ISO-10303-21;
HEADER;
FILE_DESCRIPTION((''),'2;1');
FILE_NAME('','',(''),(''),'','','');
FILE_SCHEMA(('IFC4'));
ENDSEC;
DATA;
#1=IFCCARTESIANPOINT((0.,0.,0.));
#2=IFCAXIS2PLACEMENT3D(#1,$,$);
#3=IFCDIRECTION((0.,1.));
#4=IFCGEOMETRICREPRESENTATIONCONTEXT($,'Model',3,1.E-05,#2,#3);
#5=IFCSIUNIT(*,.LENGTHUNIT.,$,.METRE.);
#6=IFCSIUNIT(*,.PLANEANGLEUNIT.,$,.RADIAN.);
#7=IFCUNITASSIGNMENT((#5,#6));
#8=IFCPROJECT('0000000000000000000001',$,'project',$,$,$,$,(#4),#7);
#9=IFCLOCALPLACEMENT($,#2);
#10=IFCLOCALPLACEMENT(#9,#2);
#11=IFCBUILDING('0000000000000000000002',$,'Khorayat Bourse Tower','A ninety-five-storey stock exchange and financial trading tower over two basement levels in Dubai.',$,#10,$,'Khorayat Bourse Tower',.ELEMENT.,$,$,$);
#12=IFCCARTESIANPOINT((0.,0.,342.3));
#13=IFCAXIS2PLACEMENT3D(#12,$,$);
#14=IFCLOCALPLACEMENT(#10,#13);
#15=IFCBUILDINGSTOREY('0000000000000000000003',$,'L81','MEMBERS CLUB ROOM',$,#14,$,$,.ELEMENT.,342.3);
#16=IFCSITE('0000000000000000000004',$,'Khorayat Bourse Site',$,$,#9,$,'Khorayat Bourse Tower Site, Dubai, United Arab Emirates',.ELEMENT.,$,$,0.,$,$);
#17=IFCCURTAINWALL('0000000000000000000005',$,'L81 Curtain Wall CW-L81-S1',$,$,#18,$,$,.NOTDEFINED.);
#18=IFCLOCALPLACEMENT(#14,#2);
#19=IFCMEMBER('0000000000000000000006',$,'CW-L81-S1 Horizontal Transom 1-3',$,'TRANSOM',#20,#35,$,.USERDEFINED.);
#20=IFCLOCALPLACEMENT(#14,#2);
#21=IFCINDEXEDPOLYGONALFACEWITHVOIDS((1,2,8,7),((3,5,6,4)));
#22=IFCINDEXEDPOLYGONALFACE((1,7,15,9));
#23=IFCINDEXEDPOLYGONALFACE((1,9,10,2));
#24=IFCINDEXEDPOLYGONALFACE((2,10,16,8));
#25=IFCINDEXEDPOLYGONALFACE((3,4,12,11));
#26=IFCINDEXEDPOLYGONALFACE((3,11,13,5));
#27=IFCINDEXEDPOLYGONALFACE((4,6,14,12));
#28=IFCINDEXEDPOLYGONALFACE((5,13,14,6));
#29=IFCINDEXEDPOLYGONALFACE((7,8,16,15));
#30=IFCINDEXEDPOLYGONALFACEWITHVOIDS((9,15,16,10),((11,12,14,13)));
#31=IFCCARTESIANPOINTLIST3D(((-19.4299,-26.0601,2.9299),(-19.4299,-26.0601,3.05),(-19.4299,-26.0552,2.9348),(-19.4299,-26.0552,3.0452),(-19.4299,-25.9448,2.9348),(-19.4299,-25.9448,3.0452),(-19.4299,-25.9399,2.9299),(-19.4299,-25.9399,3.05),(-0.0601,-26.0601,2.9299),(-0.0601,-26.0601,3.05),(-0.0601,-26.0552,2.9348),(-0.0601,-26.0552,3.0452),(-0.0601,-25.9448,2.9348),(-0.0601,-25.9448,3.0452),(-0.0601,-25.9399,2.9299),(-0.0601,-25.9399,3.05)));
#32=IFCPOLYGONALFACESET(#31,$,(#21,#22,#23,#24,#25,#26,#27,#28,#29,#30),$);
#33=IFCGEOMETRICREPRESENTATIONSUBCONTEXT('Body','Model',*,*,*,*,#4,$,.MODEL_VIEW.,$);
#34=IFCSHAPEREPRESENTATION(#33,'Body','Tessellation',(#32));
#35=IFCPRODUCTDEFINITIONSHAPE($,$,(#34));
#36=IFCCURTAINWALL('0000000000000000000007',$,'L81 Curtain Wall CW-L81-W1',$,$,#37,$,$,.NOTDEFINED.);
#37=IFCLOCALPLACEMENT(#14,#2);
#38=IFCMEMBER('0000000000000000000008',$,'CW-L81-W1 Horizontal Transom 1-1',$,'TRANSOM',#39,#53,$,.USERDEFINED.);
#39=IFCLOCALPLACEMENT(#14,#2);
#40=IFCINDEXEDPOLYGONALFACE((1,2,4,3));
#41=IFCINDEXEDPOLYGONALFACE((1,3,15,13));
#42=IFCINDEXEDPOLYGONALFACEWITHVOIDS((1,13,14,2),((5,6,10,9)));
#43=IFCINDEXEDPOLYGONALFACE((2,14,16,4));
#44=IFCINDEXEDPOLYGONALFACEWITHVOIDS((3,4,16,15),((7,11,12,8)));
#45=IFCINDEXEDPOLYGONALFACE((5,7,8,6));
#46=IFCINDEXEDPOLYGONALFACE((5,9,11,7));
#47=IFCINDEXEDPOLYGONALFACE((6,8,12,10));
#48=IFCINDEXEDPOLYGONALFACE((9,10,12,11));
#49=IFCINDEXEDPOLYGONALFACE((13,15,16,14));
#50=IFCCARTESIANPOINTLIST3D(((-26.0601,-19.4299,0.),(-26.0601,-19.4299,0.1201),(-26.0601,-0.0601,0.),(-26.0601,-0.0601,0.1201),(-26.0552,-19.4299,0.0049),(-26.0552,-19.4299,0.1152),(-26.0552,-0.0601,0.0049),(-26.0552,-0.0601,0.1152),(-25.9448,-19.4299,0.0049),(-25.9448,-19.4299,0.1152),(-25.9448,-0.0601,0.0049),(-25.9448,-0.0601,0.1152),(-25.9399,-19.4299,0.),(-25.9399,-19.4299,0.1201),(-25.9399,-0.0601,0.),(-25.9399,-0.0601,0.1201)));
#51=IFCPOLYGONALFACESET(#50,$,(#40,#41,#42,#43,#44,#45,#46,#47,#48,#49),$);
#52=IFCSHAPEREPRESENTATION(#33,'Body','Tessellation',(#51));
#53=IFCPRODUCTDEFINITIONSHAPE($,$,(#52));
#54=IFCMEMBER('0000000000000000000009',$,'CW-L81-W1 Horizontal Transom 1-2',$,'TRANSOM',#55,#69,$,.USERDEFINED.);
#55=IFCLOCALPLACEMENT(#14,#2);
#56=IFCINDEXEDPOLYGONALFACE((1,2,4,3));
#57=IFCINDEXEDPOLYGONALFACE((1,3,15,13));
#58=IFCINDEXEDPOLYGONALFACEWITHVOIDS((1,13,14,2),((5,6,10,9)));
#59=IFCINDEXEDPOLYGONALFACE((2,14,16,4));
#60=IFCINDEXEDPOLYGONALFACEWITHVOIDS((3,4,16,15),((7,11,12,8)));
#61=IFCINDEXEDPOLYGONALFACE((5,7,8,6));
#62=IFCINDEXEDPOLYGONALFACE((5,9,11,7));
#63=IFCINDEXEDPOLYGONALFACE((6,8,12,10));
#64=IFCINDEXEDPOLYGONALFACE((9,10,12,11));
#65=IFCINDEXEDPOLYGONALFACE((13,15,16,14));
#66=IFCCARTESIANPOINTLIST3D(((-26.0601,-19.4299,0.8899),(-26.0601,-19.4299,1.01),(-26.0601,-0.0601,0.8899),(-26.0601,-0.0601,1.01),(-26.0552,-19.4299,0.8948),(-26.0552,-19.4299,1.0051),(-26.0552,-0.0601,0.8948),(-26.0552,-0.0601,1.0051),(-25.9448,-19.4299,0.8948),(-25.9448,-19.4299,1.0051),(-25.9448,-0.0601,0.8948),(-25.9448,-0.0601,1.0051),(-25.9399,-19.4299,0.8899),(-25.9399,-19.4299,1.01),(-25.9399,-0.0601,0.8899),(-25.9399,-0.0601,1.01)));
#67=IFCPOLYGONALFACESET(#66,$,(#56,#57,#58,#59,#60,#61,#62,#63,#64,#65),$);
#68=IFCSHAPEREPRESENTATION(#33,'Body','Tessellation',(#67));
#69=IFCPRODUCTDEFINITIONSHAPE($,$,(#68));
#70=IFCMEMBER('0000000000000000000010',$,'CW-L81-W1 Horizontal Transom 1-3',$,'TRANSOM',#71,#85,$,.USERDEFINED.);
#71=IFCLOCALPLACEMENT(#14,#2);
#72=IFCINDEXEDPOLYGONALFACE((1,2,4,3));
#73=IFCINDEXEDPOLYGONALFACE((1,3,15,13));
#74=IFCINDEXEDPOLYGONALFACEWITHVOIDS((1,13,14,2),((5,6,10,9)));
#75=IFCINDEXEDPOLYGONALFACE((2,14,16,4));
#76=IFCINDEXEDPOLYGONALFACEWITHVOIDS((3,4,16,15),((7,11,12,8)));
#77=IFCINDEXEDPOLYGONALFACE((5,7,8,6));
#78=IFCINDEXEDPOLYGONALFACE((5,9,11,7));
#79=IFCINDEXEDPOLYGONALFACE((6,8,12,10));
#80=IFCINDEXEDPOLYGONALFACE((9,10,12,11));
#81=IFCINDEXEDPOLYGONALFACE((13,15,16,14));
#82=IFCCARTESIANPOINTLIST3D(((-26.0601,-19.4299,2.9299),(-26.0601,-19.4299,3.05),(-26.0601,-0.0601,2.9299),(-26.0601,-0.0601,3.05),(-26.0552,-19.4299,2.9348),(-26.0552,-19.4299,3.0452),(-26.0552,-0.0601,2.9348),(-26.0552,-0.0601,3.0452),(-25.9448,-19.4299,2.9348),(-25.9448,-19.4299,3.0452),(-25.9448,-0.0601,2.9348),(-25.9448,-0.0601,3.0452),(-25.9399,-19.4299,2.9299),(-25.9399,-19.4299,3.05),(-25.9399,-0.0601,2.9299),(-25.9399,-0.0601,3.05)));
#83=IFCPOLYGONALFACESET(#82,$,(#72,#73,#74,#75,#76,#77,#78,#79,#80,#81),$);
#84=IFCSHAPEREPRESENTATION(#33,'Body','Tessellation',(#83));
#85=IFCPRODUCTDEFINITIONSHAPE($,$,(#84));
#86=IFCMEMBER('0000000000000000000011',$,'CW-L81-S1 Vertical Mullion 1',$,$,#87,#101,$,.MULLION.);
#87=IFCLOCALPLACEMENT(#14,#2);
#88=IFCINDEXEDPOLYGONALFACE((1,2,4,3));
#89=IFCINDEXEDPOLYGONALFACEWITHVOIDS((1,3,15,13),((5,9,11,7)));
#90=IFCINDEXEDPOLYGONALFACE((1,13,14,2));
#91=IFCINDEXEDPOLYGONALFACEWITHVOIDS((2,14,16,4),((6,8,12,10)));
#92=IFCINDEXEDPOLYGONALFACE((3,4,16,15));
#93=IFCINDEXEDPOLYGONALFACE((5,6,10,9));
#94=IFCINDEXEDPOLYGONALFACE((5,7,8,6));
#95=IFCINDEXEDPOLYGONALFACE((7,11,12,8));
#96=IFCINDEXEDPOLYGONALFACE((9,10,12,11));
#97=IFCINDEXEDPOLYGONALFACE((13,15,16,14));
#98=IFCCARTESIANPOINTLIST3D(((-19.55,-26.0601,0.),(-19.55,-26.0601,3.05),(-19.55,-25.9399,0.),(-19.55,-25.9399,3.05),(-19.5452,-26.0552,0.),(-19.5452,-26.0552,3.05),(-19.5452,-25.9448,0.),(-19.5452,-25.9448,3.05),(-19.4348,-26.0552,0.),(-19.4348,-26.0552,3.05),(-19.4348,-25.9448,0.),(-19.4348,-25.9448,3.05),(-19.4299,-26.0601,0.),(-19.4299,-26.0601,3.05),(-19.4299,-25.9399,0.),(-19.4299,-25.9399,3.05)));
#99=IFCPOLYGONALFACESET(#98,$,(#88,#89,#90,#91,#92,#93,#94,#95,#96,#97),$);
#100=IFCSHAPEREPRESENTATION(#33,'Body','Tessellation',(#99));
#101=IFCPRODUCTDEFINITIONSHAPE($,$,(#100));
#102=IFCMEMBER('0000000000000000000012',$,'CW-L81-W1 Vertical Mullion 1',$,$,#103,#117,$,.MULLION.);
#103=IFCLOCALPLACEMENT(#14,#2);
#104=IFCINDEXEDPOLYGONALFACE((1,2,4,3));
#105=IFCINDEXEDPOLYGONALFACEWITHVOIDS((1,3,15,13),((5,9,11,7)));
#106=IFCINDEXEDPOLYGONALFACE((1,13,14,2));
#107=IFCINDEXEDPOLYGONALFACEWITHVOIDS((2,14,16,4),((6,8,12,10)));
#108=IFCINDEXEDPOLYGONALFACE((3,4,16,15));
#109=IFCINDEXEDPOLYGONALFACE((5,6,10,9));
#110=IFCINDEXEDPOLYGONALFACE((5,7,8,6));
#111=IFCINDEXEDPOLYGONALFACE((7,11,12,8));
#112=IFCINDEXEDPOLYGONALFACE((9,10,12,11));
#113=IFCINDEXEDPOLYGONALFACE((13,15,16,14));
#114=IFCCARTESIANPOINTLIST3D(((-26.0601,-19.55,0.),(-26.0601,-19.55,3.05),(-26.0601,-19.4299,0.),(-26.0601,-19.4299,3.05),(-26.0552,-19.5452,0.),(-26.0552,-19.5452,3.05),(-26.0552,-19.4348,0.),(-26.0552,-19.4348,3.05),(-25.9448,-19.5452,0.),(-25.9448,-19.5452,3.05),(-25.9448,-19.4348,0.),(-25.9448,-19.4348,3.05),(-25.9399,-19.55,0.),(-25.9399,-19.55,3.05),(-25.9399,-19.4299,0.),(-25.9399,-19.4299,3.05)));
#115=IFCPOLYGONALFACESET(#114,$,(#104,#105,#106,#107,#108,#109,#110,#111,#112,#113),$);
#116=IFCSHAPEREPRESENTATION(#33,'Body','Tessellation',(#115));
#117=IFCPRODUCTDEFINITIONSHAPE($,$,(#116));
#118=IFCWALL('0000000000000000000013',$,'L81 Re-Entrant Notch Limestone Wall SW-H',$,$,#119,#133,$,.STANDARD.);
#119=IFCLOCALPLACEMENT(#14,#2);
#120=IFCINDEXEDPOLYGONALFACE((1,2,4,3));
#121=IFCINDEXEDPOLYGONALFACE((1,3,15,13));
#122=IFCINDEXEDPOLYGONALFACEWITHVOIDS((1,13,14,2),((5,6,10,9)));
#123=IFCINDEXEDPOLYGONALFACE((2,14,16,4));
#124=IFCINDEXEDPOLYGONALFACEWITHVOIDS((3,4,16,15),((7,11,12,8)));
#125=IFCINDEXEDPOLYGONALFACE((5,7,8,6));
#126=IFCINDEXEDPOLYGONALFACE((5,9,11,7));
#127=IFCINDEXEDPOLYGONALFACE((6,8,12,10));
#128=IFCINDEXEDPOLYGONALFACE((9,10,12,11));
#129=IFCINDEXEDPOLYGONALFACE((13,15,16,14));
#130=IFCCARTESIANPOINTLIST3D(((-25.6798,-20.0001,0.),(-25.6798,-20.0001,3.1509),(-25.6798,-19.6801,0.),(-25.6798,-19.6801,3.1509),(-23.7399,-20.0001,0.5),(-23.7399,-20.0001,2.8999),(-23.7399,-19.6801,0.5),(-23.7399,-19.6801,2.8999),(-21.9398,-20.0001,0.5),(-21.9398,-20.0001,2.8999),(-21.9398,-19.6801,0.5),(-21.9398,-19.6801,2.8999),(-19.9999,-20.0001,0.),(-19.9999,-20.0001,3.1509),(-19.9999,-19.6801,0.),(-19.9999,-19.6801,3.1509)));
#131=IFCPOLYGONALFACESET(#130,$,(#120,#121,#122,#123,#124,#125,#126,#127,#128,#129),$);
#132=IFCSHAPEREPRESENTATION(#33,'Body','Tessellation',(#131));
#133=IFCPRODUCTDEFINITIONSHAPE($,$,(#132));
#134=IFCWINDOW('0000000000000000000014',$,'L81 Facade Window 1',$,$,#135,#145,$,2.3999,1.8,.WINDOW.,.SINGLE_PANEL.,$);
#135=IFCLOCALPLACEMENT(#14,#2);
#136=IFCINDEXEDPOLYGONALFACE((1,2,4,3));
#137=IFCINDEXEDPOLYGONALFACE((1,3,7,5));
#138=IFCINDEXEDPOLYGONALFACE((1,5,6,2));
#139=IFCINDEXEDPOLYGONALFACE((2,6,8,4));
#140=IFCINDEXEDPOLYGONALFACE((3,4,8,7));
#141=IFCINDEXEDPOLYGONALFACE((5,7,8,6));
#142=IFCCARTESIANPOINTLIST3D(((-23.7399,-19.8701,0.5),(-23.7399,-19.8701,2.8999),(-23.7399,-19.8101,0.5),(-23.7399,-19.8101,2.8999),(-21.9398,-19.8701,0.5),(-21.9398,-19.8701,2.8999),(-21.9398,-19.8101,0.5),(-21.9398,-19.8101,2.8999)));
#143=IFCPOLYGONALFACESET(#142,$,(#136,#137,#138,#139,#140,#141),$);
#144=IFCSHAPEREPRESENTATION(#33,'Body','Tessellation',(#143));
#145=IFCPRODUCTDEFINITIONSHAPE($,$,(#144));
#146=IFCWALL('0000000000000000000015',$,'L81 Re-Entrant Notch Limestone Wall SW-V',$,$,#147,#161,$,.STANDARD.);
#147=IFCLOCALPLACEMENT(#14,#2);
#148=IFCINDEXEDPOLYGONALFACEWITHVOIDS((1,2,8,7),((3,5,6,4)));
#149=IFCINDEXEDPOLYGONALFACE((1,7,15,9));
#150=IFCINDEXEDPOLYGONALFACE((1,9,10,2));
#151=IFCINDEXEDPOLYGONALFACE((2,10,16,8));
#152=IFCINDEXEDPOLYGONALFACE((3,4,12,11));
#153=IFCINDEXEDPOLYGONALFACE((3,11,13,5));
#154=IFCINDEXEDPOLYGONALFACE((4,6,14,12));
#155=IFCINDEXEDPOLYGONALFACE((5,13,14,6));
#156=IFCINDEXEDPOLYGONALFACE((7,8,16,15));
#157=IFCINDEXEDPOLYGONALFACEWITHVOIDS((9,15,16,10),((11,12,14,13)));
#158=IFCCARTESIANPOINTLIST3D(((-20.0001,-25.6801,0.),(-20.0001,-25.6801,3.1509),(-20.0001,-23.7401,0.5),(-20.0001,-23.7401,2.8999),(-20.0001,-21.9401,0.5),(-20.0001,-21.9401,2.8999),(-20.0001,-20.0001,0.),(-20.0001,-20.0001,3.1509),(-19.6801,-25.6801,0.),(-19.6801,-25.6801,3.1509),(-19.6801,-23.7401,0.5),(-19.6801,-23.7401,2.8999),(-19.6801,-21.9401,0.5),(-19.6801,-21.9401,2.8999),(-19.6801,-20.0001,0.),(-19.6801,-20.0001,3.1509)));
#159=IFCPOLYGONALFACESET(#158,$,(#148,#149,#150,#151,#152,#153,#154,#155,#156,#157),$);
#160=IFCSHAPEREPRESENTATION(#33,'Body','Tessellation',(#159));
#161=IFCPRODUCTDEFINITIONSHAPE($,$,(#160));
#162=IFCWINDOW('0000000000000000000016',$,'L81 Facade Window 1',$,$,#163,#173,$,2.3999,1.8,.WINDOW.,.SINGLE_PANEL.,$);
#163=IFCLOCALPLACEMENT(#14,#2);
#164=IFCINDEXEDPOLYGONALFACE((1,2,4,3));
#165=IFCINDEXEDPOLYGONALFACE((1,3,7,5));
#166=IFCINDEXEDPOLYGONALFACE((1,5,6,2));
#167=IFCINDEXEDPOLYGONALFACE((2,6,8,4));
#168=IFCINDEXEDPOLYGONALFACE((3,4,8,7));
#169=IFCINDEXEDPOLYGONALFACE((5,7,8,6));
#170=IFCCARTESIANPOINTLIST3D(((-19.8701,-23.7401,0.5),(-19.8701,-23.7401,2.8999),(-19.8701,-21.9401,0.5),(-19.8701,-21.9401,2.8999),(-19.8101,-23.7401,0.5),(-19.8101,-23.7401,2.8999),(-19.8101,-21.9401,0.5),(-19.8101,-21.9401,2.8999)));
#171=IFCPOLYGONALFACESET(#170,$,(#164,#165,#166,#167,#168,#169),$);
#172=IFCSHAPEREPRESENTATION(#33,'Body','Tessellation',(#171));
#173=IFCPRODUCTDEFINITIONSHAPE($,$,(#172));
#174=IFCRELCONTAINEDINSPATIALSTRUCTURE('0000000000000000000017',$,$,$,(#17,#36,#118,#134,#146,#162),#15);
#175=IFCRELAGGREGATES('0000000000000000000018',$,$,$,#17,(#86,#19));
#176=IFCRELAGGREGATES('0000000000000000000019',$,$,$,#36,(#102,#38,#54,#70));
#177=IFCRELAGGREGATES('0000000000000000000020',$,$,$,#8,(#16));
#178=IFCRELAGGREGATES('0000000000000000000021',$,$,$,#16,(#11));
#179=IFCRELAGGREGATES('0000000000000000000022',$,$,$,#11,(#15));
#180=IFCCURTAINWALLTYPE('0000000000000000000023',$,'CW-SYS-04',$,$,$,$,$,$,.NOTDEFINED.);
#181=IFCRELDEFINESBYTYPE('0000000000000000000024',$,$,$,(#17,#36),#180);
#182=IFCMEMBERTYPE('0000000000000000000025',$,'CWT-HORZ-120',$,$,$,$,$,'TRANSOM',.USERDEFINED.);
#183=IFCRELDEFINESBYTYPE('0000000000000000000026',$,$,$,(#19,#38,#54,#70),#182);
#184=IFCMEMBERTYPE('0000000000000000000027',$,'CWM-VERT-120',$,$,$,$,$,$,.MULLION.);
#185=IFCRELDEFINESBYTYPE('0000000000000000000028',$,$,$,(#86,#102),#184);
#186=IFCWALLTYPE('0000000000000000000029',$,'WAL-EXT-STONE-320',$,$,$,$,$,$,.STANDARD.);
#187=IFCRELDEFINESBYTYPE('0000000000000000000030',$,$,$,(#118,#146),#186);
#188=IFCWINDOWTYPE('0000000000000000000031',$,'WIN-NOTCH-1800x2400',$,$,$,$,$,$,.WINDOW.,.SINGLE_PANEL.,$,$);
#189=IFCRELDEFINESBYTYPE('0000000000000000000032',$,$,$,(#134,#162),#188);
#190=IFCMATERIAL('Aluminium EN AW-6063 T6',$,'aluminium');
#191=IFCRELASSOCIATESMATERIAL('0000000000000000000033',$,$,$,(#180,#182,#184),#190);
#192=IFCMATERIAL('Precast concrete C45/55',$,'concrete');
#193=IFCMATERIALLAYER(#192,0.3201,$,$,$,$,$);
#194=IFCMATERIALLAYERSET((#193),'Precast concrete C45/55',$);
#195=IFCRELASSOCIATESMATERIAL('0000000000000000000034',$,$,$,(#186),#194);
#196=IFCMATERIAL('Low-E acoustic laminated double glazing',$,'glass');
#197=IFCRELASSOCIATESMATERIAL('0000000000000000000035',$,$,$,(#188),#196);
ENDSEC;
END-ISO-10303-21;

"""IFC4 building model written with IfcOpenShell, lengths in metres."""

from ifc_helpers import new_model, si_unit, direction, frame, frame_2d, origin, origin_2d, place, context, subcontext, project, spatial, rectangle, hollow_rectangle, extrude, source, transform, mapped, material, layer, layer_set, material_profile, profile_set, type_object, element, fill, aggregate, save


model = new_model("IFC4")

# Units and contexts
model_context = context("Model", 3, precision=1e-05, world=origin(), true_north=direction((0.0, 1.0)))
body_context = subcontext(model_context, "Body", "Model", "MODEL_VIEW")
ifc_project = project(units=[si_unit("LENGTHUNIT", "METRE"), si_unit("PLANEANGLEUNIT", "RADIAN")], contexts=[model_context])

# Site, building, storey
site_placement = place(None, origin())
site = spatial("IfcSite", under=ifc_project, at=site_placement, Name="Khorayat Bourse Site", LongName="Khorayat Bourse Tower Site, Dubai, United Arab Emirates", CompositionType="ELEMENT", RefElevation=0.0)
building_placement = place(site_placement, origin())
building = spatial("IfcBuilding", under=site, at=building_placement, Name="Khorayat Bourse Tower", Description="A ninety-five-storey stock exchange and financial trading tower over two basement levels in Dubai.", LongName="Khorayat Bourse Tower", CompositionType="ELEMENT")
storey_placement = place(building_placement, frame((0.0, 0.0, 342.3)))
storey = spatial("IfcBuildingStorey", under=building, at=storey_placement, Name="L81", Description="MEMBERS CLUB ROOM", CompositionType="ELEMENT", Elevation=342.3)

# Curtain walls, members
ifc_material_1 = material(Name="Aluminium EN AW-6063 T6", Category="aluminium")
curtain_wall_type = type_object("IfcCurtainWallType", Name="CW-SYS-04", PredefinedType="NOTDEFINED", material=ifc_material_1)
curtain_wall_1_placement = place(storey_placement, origin())
curtain_wall_1 = element("IfcCurtainWall", 1, at=curtain_wall_1_placement, inside=storey, type_object=curtain_wall_type, Name="L81 Curtain Wall CW-L81-S1", PredefinedType="NOTDEFINED")
ifc_material_profile_1 = material_profile(ifc_material_1, hollow_rectangle(XDim=0.1201, YDim=0.1201, WallThickness=0.0049, at=origin_2d()), Name="ALU 120x120x5")
ifc_profile_set_1 = profile_set([ifc_material_profile_1], Name="Aluminium EN AW-6063 T6")
member_type_1 = type_object("IfcMemberType", Name="CWT-HORZ-120", ElementType="TRANSOM", PredefinedType="USERDEFINED", material=ifc_profile_set_1)
shared_shape_1 = source(origin(), body_context, "Body", "SweptSolid", [
    extrude(hollow_rectangle(XDim=0.1201, YDim=0.1201, WallThickness=0.0049, at=origin_2d()), origin(), (0.0, 0.0, 1.0), 19.3699),
])
member_1_placement = place(storey_placement, frame((-19.4299, -26.0, 2.99), z_axis=(1.0, 0.0, 0.0), x_axis=(0.0, 1.0, 0.0)))
member_1 = element("IfcMember", 2, at=member_1_placement, type_object=member_type_1, Name="CW-L81-S1 Horizontal Transom 1-3", ObjectType="TRANSOM", PredefinedType="USERDEFINED", context=body_context, shape_type="MappedRepresentation", body=[
    mapped(shared_shape_1, transform((0.0, 0.0, 0.0), scale=1.0)),
])
curtain_wall_2_placement = place(storey_placement, origin())
curtain_wall_2 = element("IfcCurtainWall", 3, at=curtain_wall_2_placement, inside=storey, type_object=curtain_wall_type, Name="L81 Curtain Wall CW-L81-W1", PredefinedType="NOTDEFINED")
member_2_placement = place(storey_placement, frame((-26.0, -19.4299, 0.0601), z_axis=(0.0, 1.0, 0.0), x_axis=(-1.0, 0.0, 0.0)))
member_2 = element("IfcMember", 4, at=member_2_placement, type_object=member_type_1, Name="CW-L81-W1 Horizontal Transom 1-1", ObjectType="TRANSOM", PredefinedType="USERDEFINED", context=body_context, shape_type="MappedRepresentation", body=[
    mapped(shared_shape_1, transform((0.0, 0.0, 0.0), scale=1.0)),
])
member_3_placement = place(storey_placement, frame((-26.0, -19.4299, 0.95), z_axis=(0.0, 1.0, 0.0), x_axis=(-1.0, 0.0, 0.0)))
member_3 = element("IfcMember", 5, at=member_3_placement, type_object=member_type_1, Name="CW-L81-W1 Horizontal Transom 1-2", ObjectType="TRANSOM", PredefinedType="USERDEFINED", context=body_context, shape_type="MappedRepresentation", body=[
    mapped(shared_shape_1, transform((0.0, 0.0, 0.0), scale=1.0)),
])
member_4_placement = place(storey_placement, frame((-26.0, -19.4299, 2.99), z_axis=(0.0, 1.0, 0.0), x_axis=(-1.0, 0.0, 0.0)))
member_4 = element("IfcMember", 6, at=member_4_placement, type_object=member_type_1, Name="CW-L81-W1 Horizontal Transom 1-3", ObjectType="TRANSOM", PredefinedType="USERDEFINED", context=body_context, shape_type="MappedRepresentation", body=[
    mapped(shared_shape_1, transform((0.0, 0.0, 0.0), scale=1.0)),
])

# Members
ifc_material_profile_2 = material_profile(ifc_material_1, hollow_rectangle(XDim=0.1201, YDim=0.1201, WallThickness=0.0049, at=origin_2d()), Name="ALU 120x120x5")
ifc_profile_set_2 = profile_set([ifc_material_profile_2], Name="Aluminium EN AW-6063 T6")
member_type_2 = type_object("IfcMemberType", Name="CWM-VERT-120", PredefinedType="MULLION", material=ifc_profile_set_2)
shared_shape_2 = source(origin(), body_context, "Body", "SweptSolid", [
    extrude(hollow_rectangle(XDim=0.1201, YDim=0.1201, WallThickness=0.0049, at=origin_2d()), origin(), (0.0, 0.0, 1.0), 3.05),
])
member_5_placement = place(storey_placement, frame((-19.49, -26.0, 0.0), z_axis=(0.0, 0.0, 1.0), x_axis=(0.0, 1.0, 0.0)))
member_5 = element("IfcMember", 7, at=member_5_placement, type_object=member_type_2, Name="CW-L81-S1 Vertical Mullion 1", PredefinedType="MULLION", context=body_context, shape_type="MappedRepresentation", body=[
    mapped(shared_shape_2, transform((0.0, 0.0, 0.0), scale=1.0)),
])
aggregate(curtain_wall_1, [member_5, member_1])
member_6_placement = place(storey_placement, frame((-26.0, -19.49, 0.0), z_axis=(0.0, 0.0, 1.0), x_axis=(-1.0, 0.0, 0.0)))
member_6 = element("IfcMember", 8, at=member_6_placement, type_object=member_type_2, Name="CW-L81-W1 Vertical Mullion 1", PredefinedType="MULLION", context=body_context, shape_type="MappedRepresentation", body=[
    mapped(shared_shape_2, transform((0.0, 0.0, 0.0), scale=1.0)),
])
aggregate(curtain_wall_2, [member_6, member_2, member_3, member_4])

# Walls, openings, windows
ifc_material_2 = material(Name="Precast concrete C45/55", Category="concrete")
ifc_layer_1 = layer(ifc_material_2, 0.3201)
ifc_layer_set_1 = layer_set([ifc_layer_1], Name="Precast concrete C45/55")
wall_type_1 = type_object("IfcWallType", Name="WAL-EXT-STONE-320", PredefinedType="STANDARD", material=ifc_layer_set_1)
shared_shape_3 = source(origin(), body_context, "Body", "SweptSolid", [
    extrude(rectangle(XDim=5.6799, YDim=0.3201, at=frame_2d((2.8398, 0.0))), origin(), (0.0, 0.0, 1.0), 3.1509),
])
wall_1_placement = place(storey_placement, frame((-20.0, -19.8401, 0.0), z_axis=(0.0, 0.0, 1.0), x_axis=(-1.0, 0.0, 0.0)))
wall_1 = element("IfcWall", 9, at=wall_1_placement, inside=storey, type_object=wall_type_1, Name="L81 Re-Entrant Notch Limestone Wall SW-H", PredefinedType="STANDARD", context=body_context, shape_type="MappedRepresentation", body=[
    mapped(shared_shape_3, transform((0.0, 0.0, 0.0), scale=1.0)),
])
shared_shape_4 = source(origin(), body_context, "Body", "SweptSolid", [
    extrude(rectangle(XDim=1.8, YDim=2.3999, at=frame_2d((0.8999, 1.2))), frame((0.0, 0.1699, 0.0), z_axis=(0.0, -1.0, 0.0), x_axis=(1.0, 0.0, 0.0)), (0.0, 0.0, 1.0), 0.3401),
])
opening_1_placement = place(wall_1_placement, frame((1.9399, 0.0, 0.5)))
opening_1 = element("IfcOpeningElement", 10, at=opening_1_placement, cuts=wall_1, PredefinedType="OPENING", context=body_context, shape_type="MappedRepresentation", body=[
    mapped(shared_shape_4, transform((0.0, 0.0, 0.0), scale=1.0)),
])
ifc_material_3 = material(Name="Low-E acoustic laminated double glazing", Category="glass")
window_type = type_object("IfcWindowType", Name="WIN-NOTCH-1800x2400", PartitioningType="SINGLE_PANEL", PredefinedType="WINDOW", material=ifc_material_3)
shared_shape_5 = source(origin(), body_context, "Body", "SweptSolid", [
    extrude(rectangle(XDim=1.8, YDim=2.3999, at=frame_2d((0.8999, 1.2))), frame((0.0, 0.03, 0.0), z_axis=(0.0, -1.0, 0.0), x_axis=(1.0, 0.0, 0.0)), (0.0, 0.0, 1.0), 0.0601),
])
window_1_placement = place(opening_1_placement, origin())
window_1 = element("IfcWindow", 11, at=window_1_placement, inside=storey, type_object=window_type, Name="L81 Facade Window 1", OverallHeight=2.3999, OverallWidth=1.8, PartitioningType="SINGLE_PANEL", PredefinedType="WINDOW", context=body_context, shape_type="MappedRepresentation", body=[
    mapped(shared_shape_5, transform((0.0, 0.0, 0.0), scale=1.0)),
])
fill(opening_1, window_1)
wall_2_placement = place(storey_placement, frame((-19.8401, -25.6799, 0.0), z_axis=(0.0, 0.0, 1.0), x_axis=(0.0, 1.0, 0.0)))
wall_2 = element("IfcWall", 12, at=wall_2_placement, inside=storey, type_object=wall_type_1, Name="L81 Re-Entrant Notch Limestone Wall SW-V", PredefinedType="STANDARD", context=body_context, shape_type="MappedRepresentation", body=[
    mapped(shared_shape_3, transform((0.0, 0.0, 0.0), scale=1.0)),
])
opening_2_placement = place(wall_2_placement, frame((1.9399, 0.0, 0.5)))
opening_2 = element("IfcOpeningElement", 13, at=opening_2_placement, cuts=wall_2, PredefinedType="OPENING", context=body_context, shape_type="MappedRepresentation", body=[
    mapped(shared_shape_4, transform((0.0, 0.0, 0.0), scale=1.0)),
])
window_2_placement = place(opening_2_placement, origin())
window_2 = element("IfcWindow", 14, at=window_2_placement, inside=storey, type_object=window_type, Name="L81 Facade Window 1", OverallHeight=2.3999, OverallWidth=1.8, PartitioningType="SINGLE_PANEL", PredefinedType="WINDOW", context=body_context, shape_type="MappedRepresentation", body=[
    mapped(shared_shape_5, transform((0.0, 0.0, 0.0), scale=1.0)),
])
fill(opening_2, window_2)

save(model, "model.ifc")
